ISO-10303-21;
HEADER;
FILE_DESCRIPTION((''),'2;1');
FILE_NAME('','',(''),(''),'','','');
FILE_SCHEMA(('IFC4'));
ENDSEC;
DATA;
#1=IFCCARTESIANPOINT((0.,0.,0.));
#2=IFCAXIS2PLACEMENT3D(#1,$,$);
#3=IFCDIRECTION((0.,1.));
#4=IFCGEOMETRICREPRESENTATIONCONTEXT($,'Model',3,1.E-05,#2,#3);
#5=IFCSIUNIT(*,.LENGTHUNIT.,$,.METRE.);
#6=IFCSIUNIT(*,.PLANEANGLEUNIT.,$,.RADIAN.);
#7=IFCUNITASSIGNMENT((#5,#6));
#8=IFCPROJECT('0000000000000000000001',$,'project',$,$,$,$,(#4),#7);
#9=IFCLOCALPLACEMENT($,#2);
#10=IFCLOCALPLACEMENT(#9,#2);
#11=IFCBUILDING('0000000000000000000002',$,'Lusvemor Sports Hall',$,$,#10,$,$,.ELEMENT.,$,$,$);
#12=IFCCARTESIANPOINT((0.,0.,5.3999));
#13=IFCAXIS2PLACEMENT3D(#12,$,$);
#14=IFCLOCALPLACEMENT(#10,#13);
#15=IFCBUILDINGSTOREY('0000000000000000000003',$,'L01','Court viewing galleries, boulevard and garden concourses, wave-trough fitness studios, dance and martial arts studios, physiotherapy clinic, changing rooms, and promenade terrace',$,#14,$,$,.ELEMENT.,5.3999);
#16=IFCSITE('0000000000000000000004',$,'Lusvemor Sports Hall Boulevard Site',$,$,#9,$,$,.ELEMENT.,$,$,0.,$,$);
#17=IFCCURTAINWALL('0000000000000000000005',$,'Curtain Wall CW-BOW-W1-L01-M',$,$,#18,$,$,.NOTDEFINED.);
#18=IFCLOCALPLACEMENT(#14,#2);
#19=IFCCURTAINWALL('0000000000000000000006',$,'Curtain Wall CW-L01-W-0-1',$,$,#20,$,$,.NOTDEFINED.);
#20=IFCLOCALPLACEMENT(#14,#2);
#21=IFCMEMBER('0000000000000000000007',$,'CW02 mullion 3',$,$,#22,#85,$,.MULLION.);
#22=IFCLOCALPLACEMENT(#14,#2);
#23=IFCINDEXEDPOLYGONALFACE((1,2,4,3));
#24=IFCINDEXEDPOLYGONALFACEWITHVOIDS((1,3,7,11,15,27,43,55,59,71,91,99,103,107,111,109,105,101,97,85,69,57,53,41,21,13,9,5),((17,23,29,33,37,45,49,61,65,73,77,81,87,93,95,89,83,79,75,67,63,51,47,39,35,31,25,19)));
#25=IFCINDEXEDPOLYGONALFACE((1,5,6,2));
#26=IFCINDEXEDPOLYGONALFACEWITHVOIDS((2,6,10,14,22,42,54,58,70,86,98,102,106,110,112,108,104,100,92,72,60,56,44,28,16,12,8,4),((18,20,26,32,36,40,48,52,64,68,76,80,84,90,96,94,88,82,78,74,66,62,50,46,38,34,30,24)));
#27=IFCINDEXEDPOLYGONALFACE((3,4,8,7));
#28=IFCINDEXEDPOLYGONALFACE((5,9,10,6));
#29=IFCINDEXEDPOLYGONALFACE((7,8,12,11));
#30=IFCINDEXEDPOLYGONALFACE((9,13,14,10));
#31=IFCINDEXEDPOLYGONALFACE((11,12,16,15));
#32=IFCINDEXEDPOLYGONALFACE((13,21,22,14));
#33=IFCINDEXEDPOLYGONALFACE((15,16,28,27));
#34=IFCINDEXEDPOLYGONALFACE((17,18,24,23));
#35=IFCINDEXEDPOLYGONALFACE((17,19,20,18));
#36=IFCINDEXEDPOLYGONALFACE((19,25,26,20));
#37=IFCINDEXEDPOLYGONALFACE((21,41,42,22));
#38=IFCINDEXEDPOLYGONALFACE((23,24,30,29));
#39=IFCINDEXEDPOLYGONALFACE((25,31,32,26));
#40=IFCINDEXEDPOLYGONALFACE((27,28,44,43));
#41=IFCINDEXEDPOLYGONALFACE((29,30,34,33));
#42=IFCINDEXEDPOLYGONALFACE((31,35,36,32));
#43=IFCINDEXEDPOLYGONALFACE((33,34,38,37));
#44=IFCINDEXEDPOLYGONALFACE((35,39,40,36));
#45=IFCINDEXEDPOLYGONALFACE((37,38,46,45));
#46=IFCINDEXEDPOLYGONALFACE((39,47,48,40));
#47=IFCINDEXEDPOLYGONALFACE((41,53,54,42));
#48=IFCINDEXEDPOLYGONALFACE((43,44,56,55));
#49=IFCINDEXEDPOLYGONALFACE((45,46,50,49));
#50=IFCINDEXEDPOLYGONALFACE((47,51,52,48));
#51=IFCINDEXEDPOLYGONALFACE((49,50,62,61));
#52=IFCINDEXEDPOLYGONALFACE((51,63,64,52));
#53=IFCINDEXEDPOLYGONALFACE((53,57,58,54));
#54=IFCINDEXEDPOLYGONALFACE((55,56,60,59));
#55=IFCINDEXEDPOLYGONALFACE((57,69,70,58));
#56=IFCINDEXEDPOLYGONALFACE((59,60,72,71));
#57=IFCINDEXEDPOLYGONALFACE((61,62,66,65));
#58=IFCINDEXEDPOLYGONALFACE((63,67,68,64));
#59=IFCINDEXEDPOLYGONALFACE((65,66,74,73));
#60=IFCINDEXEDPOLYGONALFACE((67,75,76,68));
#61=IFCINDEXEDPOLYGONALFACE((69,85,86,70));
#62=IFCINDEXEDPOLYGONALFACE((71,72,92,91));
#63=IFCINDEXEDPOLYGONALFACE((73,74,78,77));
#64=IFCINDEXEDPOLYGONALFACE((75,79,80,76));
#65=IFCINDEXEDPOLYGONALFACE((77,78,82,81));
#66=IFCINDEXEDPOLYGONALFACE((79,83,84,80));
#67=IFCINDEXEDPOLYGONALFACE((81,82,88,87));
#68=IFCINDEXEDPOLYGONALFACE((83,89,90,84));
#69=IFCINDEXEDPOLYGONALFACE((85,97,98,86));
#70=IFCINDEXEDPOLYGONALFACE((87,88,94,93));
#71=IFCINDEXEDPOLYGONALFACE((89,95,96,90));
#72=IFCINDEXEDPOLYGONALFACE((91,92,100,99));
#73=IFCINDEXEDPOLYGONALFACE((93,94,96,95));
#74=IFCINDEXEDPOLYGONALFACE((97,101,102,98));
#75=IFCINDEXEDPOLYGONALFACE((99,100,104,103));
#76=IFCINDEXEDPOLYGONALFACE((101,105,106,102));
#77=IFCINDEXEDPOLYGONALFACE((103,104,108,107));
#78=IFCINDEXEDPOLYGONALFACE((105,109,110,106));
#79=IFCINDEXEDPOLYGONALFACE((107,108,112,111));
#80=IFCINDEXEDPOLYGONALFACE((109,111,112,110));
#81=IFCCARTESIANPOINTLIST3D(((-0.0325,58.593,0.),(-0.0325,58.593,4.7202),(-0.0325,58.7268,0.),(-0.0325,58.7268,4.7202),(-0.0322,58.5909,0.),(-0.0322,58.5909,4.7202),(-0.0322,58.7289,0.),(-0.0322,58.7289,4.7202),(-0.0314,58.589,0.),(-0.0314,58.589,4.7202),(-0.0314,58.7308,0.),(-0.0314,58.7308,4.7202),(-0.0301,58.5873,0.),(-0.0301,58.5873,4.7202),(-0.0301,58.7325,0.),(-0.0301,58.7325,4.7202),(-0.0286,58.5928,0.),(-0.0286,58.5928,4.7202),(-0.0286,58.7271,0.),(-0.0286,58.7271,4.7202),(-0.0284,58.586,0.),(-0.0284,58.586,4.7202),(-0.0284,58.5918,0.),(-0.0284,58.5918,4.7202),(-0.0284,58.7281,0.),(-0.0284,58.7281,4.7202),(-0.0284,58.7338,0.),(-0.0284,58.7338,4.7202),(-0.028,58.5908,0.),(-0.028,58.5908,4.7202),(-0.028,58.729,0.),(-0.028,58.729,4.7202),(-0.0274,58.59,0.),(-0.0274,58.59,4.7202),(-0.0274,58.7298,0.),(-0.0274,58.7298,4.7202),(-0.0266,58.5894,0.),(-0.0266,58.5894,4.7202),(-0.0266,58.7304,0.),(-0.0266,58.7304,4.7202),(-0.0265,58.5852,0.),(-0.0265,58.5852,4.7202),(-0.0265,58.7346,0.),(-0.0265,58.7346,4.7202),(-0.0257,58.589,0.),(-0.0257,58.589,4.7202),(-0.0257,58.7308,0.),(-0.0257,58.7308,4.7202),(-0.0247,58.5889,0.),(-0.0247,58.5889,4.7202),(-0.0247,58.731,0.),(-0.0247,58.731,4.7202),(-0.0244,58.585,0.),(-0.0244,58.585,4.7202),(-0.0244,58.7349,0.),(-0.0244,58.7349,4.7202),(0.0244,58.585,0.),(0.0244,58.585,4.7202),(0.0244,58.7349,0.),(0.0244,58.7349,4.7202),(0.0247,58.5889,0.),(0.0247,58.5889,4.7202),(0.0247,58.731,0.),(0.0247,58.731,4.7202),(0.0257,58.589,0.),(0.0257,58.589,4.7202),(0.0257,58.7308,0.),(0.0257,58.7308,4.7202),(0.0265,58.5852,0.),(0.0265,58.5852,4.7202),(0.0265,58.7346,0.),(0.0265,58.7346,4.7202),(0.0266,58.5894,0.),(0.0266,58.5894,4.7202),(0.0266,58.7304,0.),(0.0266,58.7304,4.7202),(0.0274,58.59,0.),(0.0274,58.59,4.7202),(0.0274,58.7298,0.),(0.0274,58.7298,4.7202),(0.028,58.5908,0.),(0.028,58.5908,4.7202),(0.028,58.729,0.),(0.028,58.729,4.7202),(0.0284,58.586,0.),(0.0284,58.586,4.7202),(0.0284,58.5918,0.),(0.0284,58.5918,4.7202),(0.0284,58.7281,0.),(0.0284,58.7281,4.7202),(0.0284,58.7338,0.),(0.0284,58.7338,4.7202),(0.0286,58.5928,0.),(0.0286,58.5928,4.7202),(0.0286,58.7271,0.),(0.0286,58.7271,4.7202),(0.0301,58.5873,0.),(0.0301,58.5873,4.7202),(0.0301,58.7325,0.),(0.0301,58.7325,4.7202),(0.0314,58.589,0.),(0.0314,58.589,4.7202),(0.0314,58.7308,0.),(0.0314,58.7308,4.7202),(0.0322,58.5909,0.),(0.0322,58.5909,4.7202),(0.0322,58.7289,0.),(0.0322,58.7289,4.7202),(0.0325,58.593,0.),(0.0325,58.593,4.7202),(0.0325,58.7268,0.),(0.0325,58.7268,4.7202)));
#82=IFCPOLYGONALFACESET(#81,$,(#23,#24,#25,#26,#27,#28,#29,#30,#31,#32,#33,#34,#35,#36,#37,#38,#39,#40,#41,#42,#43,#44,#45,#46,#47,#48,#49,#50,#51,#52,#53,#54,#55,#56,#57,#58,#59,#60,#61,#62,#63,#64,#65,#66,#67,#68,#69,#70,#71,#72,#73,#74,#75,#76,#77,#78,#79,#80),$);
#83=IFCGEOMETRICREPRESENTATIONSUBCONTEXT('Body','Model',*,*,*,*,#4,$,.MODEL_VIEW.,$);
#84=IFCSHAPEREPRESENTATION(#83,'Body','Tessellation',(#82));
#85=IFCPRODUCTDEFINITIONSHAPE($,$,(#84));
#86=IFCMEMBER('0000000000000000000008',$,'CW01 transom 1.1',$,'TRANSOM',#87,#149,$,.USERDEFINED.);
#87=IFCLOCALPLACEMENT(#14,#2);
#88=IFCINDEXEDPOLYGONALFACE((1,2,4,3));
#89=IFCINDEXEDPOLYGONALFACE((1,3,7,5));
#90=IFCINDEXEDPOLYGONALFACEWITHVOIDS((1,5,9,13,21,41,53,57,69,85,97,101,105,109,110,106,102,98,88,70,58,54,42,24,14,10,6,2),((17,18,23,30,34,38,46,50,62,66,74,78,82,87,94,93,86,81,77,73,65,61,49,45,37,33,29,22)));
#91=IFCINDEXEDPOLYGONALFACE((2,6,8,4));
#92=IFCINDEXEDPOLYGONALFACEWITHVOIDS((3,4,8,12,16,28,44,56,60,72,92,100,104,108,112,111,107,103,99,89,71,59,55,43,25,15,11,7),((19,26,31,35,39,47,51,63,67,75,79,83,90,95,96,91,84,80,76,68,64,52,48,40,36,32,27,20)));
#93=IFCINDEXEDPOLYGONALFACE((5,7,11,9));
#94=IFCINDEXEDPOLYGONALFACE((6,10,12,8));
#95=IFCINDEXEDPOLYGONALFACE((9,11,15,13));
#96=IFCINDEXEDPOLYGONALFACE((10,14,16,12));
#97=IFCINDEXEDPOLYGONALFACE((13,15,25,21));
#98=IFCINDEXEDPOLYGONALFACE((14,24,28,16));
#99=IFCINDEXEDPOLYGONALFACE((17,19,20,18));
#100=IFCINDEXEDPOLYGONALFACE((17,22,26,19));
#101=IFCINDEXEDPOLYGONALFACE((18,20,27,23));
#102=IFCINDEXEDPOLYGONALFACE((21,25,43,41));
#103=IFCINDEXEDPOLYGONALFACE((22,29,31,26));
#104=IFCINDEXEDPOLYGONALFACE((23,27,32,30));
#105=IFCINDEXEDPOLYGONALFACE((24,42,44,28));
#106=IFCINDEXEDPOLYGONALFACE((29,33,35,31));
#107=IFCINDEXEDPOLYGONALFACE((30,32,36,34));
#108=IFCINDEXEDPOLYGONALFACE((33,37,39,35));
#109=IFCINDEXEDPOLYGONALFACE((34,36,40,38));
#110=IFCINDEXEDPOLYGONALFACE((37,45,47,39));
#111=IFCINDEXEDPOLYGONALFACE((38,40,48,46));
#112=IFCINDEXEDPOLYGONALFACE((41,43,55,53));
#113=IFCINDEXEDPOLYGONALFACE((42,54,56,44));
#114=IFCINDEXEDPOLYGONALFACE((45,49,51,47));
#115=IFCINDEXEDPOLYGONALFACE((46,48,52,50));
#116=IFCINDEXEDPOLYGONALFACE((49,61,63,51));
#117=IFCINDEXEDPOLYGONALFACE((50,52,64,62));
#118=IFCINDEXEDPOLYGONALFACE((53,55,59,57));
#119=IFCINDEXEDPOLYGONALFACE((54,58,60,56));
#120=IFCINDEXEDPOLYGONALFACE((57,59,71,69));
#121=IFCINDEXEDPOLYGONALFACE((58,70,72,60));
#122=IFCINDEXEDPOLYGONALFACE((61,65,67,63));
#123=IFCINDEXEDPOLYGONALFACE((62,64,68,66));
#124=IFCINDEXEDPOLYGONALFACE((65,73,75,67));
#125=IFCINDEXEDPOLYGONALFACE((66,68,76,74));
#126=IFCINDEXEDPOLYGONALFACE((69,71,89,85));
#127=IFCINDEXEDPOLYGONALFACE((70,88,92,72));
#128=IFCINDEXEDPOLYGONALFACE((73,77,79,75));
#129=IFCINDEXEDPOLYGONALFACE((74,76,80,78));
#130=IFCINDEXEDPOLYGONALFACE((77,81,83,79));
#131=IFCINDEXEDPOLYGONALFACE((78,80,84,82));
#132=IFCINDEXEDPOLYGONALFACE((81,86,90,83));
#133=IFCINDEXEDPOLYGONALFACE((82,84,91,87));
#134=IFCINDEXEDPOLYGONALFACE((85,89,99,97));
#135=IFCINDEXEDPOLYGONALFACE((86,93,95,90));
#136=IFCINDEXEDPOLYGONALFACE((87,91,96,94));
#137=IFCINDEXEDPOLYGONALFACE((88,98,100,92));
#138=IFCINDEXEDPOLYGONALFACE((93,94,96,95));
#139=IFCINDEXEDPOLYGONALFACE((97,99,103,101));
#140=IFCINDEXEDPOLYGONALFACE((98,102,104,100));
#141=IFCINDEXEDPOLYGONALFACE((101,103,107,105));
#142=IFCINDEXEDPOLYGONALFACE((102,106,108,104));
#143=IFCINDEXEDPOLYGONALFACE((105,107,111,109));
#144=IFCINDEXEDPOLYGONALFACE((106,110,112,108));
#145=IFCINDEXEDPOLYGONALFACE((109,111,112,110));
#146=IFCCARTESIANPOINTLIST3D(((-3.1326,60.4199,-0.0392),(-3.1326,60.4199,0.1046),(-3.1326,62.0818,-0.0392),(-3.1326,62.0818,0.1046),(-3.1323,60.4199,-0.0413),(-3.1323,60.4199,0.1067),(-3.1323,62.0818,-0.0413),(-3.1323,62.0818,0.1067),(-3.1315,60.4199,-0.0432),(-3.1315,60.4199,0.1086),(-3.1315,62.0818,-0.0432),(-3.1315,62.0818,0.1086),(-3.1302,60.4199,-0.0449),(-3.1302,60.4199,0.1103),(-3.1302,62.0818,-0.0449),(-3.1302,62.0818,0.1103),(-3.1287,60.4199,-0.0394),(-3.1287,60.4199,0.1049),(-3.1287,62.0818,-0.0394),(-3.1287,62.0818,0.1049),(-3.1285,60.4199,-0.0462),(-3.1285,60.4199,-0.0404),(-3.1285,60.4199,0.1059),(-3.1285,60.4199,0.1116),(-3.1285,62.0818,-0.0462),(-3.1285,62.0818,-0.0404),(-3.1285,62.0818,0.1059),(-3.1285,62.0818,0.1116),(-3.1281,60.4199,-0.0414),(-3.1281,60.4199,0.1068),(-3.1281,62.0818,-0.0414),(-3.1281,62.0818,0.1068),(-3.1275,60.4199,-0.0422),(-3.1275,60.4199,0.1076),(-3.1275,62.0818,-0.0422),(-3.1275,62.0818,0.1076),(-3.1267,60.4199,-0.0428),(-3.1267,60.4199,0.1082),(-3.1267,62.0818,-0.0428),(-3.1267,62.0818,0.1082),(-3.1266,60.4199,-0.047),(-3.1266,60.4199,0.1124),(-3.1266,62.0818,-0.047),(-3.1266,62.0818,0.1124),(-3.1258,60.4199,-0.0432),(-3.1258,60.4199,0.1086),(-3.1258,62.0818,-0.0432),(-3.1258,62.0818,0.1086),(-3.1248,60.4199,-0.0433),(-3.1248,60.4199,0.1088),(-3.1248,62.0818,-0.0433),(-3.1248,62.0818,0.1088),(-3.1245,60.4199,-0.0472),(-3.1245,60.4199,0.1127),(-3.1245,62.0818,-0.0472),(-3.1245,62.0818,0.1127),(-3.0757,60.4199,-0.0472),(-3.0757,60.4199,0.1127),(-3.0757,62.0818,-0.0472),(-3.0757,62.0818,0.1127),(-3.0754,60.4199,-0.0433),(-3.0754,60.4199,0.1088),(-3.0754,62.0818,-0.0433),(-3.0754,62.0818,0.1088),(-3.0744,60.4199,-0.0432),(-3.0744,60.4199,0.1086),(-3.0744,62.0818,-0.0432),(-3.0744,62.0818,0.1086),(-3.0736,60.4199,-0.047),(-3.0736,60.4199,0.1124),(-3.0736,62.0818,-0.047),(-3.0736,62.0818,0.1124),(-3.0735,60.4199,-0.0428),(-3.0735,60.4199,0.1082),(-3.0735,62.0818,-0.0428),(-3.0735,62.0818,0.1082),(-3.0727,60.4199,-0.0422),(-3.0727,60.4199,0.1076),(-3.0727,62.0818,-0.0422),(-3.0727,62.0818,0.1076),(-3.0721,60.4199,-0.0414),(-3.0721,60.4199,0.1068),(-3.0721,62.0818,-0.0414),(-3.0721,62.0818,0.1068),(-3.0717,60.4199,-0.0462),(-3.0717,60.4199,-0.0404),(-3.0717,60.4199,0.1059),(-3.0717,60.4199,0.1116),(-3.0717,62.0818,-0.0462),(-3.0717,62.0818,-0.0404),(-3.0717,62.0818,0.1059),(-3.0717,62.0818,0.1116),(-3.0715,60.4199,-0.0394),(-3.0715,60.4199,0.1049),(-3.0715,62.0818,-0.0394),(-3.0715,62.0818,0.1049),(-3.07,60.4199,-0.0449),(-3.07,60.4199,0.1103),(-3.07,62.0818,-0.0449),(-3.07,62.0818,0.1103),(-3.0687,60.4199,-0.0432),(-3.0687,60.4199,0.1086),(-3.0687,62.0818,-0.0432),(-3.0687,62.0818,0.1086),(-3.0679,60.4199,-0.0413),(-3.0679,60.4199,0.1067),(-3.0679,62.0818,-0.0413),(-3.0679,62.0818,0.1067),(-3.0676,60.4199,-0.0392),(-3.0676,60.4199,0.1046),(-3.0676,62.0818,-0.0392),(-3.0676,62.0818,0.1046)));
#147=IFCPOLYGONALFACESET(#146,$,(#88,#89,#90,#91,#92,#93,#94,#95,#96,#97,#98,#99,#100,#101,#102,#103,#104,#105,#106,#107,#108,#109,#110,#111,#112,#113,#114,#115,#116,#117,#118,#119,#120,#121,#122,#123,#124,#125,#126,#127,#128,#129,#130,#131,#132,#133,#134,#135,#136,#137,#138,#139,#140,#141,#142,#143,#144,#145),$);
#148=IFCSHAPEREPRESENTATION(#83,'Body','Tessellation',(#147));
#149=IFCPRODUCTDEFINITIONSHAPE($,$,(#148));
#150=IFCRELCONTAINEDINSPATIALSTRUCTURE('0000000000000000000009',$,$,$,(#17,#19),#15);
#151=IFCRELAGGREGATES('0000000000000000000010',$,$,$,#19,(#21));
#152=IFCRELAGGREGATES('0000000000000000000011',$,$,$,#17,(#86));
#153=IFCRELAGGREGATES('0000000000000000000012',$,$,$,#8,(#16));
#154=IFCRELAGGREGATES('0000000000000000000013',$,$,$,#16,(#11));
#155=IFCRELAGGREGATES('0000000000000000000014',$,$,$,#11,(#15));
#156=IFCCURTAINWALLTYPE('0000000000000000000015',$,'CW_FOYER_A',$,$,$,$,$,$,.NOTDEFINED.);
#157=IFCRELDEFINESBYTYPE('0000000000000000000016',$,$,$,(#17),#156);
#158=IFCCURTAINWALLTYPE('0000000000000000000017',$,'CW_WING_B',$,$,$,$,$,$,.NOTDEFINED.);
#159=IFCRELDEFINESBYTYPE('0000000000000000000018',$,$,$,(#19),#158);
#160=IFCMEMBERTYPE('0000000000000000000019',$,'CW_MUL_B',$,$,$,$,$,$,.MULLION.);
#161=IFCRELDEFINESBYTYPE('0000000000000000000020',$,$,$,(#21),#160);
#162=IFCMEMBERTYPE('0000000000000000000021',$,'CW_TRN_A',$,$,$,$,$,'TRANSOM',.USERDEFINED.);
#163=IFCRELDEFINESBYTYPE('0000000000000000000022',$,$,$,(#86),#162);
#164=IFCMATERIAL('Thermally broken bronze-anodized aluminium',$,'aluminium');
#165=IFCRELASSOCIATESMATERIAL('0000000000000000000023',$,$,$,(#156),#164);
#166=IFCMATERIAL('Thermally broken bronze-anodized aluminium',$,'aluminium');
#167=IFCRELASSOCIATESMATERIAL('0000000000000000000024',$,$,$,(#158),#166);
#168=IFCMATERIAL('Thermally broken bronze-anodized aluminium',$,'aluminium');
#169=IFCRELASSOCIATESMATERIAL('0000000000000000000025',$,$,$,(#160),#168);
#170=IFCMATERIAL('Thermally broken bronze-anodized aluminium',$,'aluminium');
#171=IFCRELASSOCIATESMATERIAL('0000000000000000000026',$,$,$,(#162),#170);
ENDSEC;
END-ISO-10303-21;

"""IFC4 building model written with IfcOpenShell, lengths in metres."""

from ifc_helpers import new_model, si_unit, direction, frame, origin, origin_2d, place, context, subcontext, project, spatial, hollow_rectangle, extrude, material, material_profile, profile_set, type_object, element, aggregate, save


model = new_model("IFC4")

# Units and contexts
model_context = context("Model", 3, precision=1e-05, world=origin(), true_north=direction((0.0, 1.0)))
body_context = subcontext(model_context, "Body", "Model", "MODEL_VIEW")
ifc_project = project(units=[si_unit("LENGTHUNIT", "METRE"), si_unit("PLANEANGLEUNIT", "RADIAN")], contexts=[model_context])

# Site, building, storey
site_placement = place(None, origin())
site = spatial("IfcSite", under=ifc_project, at=site_placement, Name="Lusvemor Sports Hall Boulevard Site", CompositionType="ELEMENT", RefElevation=0.0)
building_placement = place(site_placement, origin())
building = spatial("IfcBuilding", under=site, at=building_placement, Name="Lusvemor Sports Hall", CompositionType="ELEMENT")
storey_placement = place(building_placement, frame((0.0, 0.0, 5.3999)))
storey = spatial("IfcBuildingStorey", under=building, at=storey_placement, Name="L01", Description="Court viewing galleries, boulevard and garden concourses, wave-trough fitness studios, dance and martial arts studios, physiotherapy clinic, changing rooms, and promenade terrace", CompositionType="ELEMENT", Elevation=5.3999)

# Curtain wall
ifc_material_1 = material(Name="Thermally broken bronze-anodized aluminium", Category="aluminium")
curtain_wall_type_1 = type_object("IfcCurtainWallType", Name="CW_FOYER_A", PredefinedType="NOTDEFINED", material=ifc_material_1)
curtain_wall_1_placement = place(storey_placement, origin())
curtain_wall_1 = element("IfcCurtainWall", 1, at=curtain_wall_1_placement, inside=storey, type_object=curtain_wall_type_1, Name="Curtain Wall CW-BOW-W1-L01-M", PredefinedType="NOTDEFINED")

# Curtain wall, member
ifc_material_2 = material(Name="Thermally broken bronze-anodized aluminium", Category="aluminium")
curtain_wall_type_2 = type_object("IfcCurtainWallType", Name="CW_WING_B", PredefinedType="NOTDEFINED", material=ifc_material_2)
curtain_wall_2_placement = place(storey_placement, origin())
curtain_wall_2 = element("IfcCurtainWall", 2, at=curtain_wall_2_placement, inside=storey, type_object=curtain_wall_type_2, Name="Curtain Wall CW-L01-W-0-1", PredefinedType="NOTDEFINED")
ifc_material_3 = material(Name="Thermally broken bronze-anodized aluminium", Category="aluminium")
ifc_material_profile_1 = material_profile(ifc_material_3, hollow_rectangle(XDim=0.0649, YDim=0.1499, WallThickness=0.0039, InnerFilletRadius=0.0039, OuterFilletRadius=0.0081, at=origin_2d()), Name="CWMUL150x65x4")
ifc_profile_set_1 = profile_set([ifc_material_profile_1], Name="Thermally broken bronze-anodized aluminium")
member_type_1 = type_object("IfcMemberType", Name="CW_MUL_B", PredefinedType="MULLION", material=ifc_profile_set_1)
member_1_placement = place(storey_placement, frame((0.0, 58.6599, 0.0), z_axis=(0.0, 0.0, 1.0), x_axis=(-1.0, 0.0, 0.0)))
member_1 = element("IfcMember", 3, at=member_1_placement, type_object=member_type_1, Name="CW02 mullion 3", PredefinedType="MULLION", context=body_context, shape_type="SweptSolid", body=[
    extrude(hollow_rectangle(XDim=0.0649, YDim=0.1499, WallThickness=0.0039, InnerFilletRadius=0.0039, OuterFilletRadius=0.0081, at=origin_2d()), origin(), (0.0, 0.0, 1.0), 4.7202),
])

# Member
ifc_material_4 = material(Name="Thermally broken bronze-anodized aluminium", Category="aluminium")
ifc_material_profile_2 = material_profile(ifc_material_4, hollow_rectangle(XDim=0.0649, YDim=0.1599, WallThickness=0.0039, InnerFilletRadius=0.0039, OuterFilletRadius=0.0081, at=origin_2d()), Name="CWTRN160x65x4")
ifc_profile_set_2 = profile_set([ifc_material_profile_2], Name="Thermally broken bronze-anodized aluminium")
member_type_2 = type_object("IfcMemberType", Name="CW_TRN_A", ElementType="TRANSOM", PredefinedType="USERDEFINED", material=ifc_profile_set_2)
member_2_placement = place(storey_placement, frame((-3.1001, 60.4199, 0.0327), z_axis=(0.0, 1.0, 0.0), x_axis=(-1.0, 0.0, 0.0)))
member_2 = element("IfcMember", 4, at=member_2_placement, type_object=member_type_2, Name="CW01 transom 1.1", ObjectType="TRANSOM", PredefinedType="USERDEFINED", context=body_context, shape_type="SweptSolid", body=[
    extrude(hollow_rectangle(XDim=0.0649, YDim=0.1599, WallThickness=0.0039, InnerFilletRadius=0.0039, OuterFilletRadius=0.0081, at=origin_2d()), origin(), (0.0, 0.0, 1.0), 1.6619),
])

aggregate(curtain_wall_2, [member_1])
aggregate(curtain_wall_1, [member_2])

save(model, "model.ifc")
